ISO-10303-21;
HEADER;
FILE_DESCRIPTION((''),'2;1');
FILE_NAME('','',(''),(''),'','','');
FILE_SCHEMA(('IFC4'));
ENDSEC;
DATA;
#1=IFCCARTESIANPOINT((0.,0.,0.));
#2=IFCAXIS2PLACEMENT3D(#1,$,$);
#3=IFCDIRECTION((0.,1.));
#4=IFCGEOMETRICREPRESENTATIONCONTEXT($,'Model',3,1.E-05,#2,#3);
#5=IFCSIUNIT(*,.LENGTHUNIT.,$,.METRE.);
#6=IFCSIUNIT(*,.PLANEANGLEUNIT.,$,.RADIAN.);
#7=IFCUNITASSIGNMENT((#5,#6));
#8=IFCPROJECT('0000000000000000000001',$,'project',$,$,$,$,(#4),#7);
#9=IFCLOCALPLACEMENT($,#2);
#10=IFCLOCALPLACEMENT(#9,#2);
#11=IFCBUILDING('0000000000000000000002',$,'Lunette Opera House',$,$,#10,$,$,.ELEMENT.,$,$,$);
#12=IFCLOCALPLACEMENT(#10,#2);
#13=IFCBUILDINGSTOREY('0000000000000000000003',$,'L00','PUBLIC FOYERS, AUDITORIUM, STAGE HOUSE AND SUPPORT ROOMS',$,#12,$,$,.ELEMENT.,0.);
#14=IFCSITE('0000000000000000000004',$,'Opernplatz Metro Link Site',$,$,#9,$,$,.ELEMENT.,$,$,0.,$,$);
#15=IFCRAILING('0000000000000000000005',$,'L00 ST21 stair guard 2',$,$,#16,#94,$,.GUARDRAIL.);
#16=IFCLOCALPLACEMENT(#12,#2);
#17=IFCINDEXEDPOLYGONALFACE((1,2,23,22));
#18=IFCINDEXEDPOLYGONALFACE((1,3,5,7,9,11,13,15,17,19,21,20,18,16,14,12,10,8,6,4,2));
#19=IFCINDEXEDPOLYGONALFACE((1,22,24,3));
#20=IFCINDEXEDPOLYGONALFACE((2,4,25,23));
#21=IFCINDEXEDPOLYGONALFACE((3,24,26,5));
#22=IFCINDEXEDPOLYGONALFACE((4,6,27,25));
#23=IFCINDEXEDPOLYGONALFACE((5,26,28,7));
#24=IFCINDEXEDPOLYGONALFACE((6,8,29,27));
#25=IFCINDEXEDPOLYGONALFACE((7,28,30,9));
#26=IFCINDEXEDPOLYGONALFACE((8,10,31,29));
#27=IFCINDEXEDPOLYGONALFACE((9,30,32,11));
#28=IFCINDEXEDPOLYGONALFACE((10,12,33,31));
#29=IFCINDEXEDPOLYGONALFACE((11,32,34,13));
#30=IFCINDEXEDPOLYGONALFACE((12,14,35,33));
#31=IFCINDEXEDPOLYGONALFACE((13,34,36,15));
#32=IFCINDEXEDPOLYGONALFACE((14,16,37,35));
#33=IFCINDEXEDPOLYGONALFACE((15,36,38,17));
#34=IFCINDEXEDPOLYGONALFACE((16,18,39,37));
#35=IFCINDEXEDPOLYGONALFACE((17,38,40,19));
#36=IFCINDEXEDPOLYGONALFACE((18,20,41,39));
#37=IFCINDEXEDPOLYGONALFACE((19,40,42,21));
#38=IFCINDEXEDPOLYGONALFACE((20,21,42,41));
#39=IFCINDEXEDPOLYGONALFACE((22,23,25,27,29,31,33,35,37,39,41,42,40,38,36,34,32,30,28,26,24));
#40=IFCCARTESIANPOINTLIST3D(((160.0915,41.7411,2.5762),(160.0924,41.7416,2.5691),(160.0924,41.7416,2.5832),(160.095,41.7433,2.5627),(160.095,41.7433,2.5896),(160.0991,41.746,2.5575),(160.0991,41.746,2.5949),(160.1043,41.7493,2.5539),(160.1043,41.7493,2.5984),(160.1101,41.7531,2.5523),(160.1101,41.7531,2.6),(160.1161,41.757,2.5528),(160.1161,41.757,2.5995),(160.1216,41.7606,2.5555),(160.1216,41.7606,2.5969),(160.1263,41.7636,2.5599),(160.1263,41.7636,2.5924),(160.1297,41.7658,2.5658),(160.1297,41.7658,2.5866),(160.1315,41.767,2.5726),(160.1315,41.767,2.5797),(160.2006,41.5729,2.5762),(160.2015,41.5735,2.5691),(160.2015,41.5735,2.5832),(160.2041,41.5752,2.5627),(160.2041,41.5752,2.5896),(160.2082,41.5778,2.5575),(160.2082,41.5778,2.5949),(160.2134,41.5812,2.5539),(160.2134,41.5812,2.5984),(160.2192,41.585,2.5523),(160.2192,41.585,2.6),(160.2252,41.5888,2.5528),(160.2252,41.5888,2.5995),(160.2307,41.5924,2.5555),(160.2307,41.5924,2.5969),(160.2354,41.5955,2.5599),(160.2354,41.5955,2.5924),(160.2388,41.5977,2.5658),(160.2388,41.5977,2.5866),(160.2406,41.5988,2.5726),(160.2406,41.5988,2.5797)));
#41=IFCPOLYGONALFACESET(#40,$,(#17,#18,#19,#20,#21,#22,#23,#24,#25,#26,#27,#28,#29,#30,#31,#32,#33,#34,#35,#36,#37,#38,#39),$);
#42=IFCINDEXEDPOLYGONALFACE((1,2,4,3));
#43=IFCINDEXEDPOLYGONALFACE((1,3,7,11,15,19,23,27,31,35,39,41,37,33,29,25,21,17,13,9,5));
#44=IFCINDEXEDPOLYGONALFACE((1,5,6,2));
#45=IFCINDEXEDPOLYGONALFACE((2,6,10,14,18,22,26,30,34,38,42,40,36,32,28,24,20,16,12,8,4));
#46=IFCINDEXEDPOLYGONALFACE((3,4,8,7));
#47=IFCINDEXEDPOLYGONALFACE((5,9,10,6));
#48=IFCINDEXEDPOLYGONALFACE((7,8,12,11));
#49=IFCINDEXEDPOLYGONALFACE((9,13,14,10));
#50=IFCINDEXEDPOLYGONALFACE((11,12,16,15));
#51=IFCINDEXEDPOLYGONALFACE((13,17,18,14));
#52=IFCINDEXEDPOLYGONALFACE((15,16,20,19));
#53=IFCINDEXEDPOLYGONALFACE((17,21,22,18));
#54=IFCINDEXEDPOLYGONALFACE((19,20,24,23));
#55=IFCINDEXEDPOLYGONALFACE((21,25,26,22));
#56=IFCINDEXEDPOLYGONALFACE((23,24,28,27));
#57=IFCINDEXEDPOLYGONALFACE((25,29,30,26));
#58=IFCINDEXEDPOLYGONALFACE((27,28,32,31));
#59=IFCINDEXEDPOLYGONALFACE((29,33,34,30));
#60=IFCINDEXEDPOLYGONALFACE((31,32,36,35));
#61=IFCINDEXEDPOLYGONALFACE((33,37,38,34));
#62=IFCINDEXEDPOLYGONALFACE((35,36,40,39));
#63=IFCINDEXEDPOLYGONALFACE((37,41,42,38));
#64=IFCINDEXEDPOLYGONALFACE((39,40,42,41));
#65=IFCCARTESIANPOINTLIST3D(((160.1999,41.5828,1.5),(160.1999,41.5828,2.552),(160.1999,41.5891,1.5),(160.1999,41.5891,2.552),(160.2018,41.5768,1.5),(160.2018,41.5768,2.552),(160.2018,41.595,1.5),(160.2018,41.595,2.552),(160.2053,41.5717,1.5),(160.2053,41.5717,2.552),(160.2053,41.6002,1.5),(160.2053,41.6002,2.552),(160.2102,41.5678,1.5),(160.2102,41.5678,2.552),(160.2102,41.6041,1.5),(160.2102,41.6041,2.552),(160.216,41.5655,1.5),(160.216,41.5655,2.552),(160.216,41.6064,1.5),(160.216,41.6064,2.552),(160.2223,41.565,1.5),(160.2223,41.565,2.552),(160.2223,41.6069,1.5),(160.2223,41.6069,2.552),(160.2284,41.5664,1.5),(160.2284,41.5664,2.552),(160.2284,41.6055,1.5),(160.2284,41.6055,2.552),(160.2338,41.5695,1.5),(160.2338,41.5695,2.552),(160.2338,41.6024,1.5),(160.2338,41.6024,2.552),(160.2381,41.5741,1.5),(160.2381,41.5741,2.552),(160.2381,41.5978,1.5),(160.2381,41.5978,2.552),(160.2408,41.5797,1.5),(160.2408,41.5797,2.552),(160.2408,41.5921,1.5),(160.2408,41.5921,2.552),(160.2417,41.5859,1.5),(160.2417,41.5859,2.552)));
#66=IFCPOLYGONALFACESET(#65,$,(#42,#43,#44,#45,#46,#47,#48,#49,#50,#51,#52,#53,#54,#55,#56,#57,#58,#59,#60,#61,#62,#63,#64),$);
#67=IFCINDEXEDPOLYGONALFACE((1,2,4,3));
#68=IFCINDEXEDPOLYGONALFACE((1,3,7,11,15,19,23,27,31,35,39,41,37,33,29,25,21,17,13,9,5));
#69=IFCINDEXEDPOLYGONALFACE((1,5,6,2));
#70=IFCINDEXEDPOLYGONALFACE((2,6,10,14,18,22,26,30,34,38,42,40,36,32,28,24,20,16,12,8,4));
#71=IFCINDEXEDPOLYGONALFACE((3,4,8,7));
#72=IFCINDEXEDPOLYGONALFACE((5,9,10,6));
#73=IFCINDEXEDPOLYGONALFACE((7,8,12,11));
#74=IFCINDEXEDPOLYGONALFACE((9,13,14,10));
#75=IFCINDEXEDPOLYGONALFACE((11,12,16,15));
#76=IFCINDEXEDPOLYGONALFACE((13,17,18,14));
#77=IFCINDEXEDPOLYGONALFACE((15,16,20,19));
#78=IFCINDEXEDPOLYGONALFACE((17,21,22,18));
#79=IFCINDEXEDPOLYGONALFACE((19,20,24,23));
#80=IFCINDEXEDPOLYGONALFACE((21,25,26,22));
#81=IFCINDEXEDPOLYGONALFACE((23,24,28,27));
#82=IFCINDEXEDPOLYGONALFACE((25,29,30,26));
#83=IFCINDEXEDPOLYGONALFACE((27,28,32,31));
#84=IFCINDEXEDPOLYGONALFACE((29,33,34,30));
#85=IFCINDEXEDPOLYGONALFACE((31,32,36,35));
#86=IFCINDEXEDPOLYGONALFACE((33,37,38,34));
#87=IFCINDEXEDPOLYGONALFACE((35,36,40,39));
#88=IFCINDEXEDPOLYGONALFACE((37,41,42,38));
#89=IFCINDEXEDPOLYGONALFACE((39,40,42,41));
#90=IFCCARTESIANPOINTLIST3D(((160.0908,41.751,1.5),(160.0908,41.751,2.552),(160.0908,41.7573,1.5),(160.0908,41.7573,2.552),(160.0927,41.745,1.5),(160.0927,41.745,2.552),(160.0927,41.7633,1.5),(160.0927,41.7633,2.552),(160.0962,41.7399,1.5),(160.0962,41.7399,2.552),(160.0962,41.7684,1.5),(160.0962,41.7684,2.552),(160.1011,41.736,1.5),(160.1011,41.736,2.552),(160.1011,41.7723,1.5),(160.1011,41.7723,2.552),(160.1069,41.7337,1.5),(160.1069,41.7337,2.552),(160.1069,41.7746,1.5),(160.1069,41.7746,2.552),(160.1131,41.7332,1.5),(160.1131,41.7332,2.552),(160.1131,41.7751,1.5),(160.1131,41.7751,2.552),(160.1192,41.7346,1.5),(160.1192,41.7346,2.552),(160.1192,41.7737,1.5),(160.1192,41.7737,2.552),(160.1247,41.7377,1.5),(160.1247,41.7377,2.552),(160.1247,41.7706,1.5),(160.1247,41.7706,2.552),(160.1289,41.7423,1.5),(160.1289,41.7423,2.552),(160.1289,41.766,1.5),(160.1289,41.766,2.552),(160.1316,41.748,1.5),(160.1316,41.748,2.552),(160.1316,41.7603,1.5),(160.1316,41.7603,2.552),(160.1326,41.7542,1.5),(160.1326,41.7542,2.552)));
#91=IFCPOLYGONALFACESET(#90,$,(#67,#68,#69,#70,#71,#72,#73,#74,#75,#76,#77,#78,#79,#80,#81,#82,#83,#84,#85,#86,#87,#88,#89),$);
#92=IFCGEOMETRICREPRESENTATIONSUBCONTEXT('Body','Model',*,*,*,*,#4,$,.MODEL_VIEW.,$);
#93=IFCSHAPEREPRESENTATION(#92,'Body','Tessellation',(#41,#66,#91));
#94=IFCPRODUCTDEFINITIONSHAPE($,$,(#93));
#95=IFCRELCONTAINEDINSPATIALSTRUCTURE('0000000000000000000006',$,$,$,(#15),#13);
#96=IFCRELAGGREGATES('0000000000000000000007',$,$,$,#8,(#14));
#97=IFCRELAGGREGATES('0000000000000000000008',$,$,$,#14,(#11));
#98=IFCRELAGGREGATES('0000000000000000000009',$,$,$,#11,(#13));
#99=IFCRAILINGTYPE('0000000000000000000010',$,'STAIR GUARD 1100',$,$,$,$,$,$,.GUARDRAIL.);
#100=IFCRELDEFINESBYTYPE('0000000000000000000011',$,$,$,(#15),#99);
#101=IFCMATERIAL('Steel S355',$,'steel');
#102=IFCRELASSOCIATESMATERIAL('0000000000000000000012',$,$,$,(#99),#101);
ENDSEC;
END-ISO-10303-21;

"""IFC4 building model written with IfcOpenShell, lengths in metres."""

from ifc_helpers import new_model, si_unit, direction, frame, origin, origin_2d, place, context, subcontext, project, spatial, circle, extrude, material, type_object, element, save


model = new_model("IFC4")

# Units and contexts
model_context = context("Model", 3, precision=1e-05, world=origin(), true_north=direction((0.0, 1.0)))
body_context = subcontext(model_context, "Body", "Model", "MODEL_VIEW")
ifc_project = project(units=[si_unit("LENGTHUNIT", "METRE"), si_unit("PLANEANGLEUNIT", "RADIAN")], contexts=[model_context])

# Site, building, storey
site_placement = place(None, origin())
site = spatial("IfcSite", under=ifc_project, at=site_placement, Name="Opernplatz Metro Link Site", CompositionType="ELEMENT", RefElevation=0.0)
building_placement = place(site_placement, origin())
building = spatial("IfcBuilding", under=site, at=building_placement, Name="Lunette Opera House", CompositionType="ELEMENT")
storey_placement = place(building_placement, origin())
storey = spatial("IfcBuildingStorey", under=building, at=storey_placement, Name="L00", Description="PUBLIC FOYERS, AUDITORIUM, STAGE HOUSE AND SUPPORT ROOMS", CompositionType="ELEMENT", Elevation=0.0)

# Railing
ifc_material_1 = material(Name="Steel S355", Category="steel")
railing_type_1 = type_object("IfcRailingType", Name="STAIR GUARD 1100", PredefinedType="GUARDRAIL", material=ifc_material_1)
railing_1_placement = place(storey_placement, frame((160.2207, 41.5859, 1.5)))
element("IfcRailing", 1, at=railing_1_placement, inside=storey, type_object=railing_type_1, Name="L00 ST21 stair guard 2", PredefinedType="GUARDRAIL", context=body_context, shape_type="SweptSolid", body=[
    extrude(circle(Radius=0.0239, at=origin_2d()), frame((0.0, 0.0, 1.0762), z_axis=(-0.544261, 0.838916, 0.0), x_axis=(-0.838916, -0.544261, 0.0)), (0.0, 0.0, 1.0), 0.2004),
    extrude(circle(Radius=0.021, at=origin_2d()), origin(), (0.0, 0.0, 1.0), 1.052),
    extrude(circle(Radius=0.021, at=origin_2d()), frame((-0.1091, 0.1682, 0.0)), (0.0, 0.0, 1.0), 1.052),
])

save(model, "model.ifc")
